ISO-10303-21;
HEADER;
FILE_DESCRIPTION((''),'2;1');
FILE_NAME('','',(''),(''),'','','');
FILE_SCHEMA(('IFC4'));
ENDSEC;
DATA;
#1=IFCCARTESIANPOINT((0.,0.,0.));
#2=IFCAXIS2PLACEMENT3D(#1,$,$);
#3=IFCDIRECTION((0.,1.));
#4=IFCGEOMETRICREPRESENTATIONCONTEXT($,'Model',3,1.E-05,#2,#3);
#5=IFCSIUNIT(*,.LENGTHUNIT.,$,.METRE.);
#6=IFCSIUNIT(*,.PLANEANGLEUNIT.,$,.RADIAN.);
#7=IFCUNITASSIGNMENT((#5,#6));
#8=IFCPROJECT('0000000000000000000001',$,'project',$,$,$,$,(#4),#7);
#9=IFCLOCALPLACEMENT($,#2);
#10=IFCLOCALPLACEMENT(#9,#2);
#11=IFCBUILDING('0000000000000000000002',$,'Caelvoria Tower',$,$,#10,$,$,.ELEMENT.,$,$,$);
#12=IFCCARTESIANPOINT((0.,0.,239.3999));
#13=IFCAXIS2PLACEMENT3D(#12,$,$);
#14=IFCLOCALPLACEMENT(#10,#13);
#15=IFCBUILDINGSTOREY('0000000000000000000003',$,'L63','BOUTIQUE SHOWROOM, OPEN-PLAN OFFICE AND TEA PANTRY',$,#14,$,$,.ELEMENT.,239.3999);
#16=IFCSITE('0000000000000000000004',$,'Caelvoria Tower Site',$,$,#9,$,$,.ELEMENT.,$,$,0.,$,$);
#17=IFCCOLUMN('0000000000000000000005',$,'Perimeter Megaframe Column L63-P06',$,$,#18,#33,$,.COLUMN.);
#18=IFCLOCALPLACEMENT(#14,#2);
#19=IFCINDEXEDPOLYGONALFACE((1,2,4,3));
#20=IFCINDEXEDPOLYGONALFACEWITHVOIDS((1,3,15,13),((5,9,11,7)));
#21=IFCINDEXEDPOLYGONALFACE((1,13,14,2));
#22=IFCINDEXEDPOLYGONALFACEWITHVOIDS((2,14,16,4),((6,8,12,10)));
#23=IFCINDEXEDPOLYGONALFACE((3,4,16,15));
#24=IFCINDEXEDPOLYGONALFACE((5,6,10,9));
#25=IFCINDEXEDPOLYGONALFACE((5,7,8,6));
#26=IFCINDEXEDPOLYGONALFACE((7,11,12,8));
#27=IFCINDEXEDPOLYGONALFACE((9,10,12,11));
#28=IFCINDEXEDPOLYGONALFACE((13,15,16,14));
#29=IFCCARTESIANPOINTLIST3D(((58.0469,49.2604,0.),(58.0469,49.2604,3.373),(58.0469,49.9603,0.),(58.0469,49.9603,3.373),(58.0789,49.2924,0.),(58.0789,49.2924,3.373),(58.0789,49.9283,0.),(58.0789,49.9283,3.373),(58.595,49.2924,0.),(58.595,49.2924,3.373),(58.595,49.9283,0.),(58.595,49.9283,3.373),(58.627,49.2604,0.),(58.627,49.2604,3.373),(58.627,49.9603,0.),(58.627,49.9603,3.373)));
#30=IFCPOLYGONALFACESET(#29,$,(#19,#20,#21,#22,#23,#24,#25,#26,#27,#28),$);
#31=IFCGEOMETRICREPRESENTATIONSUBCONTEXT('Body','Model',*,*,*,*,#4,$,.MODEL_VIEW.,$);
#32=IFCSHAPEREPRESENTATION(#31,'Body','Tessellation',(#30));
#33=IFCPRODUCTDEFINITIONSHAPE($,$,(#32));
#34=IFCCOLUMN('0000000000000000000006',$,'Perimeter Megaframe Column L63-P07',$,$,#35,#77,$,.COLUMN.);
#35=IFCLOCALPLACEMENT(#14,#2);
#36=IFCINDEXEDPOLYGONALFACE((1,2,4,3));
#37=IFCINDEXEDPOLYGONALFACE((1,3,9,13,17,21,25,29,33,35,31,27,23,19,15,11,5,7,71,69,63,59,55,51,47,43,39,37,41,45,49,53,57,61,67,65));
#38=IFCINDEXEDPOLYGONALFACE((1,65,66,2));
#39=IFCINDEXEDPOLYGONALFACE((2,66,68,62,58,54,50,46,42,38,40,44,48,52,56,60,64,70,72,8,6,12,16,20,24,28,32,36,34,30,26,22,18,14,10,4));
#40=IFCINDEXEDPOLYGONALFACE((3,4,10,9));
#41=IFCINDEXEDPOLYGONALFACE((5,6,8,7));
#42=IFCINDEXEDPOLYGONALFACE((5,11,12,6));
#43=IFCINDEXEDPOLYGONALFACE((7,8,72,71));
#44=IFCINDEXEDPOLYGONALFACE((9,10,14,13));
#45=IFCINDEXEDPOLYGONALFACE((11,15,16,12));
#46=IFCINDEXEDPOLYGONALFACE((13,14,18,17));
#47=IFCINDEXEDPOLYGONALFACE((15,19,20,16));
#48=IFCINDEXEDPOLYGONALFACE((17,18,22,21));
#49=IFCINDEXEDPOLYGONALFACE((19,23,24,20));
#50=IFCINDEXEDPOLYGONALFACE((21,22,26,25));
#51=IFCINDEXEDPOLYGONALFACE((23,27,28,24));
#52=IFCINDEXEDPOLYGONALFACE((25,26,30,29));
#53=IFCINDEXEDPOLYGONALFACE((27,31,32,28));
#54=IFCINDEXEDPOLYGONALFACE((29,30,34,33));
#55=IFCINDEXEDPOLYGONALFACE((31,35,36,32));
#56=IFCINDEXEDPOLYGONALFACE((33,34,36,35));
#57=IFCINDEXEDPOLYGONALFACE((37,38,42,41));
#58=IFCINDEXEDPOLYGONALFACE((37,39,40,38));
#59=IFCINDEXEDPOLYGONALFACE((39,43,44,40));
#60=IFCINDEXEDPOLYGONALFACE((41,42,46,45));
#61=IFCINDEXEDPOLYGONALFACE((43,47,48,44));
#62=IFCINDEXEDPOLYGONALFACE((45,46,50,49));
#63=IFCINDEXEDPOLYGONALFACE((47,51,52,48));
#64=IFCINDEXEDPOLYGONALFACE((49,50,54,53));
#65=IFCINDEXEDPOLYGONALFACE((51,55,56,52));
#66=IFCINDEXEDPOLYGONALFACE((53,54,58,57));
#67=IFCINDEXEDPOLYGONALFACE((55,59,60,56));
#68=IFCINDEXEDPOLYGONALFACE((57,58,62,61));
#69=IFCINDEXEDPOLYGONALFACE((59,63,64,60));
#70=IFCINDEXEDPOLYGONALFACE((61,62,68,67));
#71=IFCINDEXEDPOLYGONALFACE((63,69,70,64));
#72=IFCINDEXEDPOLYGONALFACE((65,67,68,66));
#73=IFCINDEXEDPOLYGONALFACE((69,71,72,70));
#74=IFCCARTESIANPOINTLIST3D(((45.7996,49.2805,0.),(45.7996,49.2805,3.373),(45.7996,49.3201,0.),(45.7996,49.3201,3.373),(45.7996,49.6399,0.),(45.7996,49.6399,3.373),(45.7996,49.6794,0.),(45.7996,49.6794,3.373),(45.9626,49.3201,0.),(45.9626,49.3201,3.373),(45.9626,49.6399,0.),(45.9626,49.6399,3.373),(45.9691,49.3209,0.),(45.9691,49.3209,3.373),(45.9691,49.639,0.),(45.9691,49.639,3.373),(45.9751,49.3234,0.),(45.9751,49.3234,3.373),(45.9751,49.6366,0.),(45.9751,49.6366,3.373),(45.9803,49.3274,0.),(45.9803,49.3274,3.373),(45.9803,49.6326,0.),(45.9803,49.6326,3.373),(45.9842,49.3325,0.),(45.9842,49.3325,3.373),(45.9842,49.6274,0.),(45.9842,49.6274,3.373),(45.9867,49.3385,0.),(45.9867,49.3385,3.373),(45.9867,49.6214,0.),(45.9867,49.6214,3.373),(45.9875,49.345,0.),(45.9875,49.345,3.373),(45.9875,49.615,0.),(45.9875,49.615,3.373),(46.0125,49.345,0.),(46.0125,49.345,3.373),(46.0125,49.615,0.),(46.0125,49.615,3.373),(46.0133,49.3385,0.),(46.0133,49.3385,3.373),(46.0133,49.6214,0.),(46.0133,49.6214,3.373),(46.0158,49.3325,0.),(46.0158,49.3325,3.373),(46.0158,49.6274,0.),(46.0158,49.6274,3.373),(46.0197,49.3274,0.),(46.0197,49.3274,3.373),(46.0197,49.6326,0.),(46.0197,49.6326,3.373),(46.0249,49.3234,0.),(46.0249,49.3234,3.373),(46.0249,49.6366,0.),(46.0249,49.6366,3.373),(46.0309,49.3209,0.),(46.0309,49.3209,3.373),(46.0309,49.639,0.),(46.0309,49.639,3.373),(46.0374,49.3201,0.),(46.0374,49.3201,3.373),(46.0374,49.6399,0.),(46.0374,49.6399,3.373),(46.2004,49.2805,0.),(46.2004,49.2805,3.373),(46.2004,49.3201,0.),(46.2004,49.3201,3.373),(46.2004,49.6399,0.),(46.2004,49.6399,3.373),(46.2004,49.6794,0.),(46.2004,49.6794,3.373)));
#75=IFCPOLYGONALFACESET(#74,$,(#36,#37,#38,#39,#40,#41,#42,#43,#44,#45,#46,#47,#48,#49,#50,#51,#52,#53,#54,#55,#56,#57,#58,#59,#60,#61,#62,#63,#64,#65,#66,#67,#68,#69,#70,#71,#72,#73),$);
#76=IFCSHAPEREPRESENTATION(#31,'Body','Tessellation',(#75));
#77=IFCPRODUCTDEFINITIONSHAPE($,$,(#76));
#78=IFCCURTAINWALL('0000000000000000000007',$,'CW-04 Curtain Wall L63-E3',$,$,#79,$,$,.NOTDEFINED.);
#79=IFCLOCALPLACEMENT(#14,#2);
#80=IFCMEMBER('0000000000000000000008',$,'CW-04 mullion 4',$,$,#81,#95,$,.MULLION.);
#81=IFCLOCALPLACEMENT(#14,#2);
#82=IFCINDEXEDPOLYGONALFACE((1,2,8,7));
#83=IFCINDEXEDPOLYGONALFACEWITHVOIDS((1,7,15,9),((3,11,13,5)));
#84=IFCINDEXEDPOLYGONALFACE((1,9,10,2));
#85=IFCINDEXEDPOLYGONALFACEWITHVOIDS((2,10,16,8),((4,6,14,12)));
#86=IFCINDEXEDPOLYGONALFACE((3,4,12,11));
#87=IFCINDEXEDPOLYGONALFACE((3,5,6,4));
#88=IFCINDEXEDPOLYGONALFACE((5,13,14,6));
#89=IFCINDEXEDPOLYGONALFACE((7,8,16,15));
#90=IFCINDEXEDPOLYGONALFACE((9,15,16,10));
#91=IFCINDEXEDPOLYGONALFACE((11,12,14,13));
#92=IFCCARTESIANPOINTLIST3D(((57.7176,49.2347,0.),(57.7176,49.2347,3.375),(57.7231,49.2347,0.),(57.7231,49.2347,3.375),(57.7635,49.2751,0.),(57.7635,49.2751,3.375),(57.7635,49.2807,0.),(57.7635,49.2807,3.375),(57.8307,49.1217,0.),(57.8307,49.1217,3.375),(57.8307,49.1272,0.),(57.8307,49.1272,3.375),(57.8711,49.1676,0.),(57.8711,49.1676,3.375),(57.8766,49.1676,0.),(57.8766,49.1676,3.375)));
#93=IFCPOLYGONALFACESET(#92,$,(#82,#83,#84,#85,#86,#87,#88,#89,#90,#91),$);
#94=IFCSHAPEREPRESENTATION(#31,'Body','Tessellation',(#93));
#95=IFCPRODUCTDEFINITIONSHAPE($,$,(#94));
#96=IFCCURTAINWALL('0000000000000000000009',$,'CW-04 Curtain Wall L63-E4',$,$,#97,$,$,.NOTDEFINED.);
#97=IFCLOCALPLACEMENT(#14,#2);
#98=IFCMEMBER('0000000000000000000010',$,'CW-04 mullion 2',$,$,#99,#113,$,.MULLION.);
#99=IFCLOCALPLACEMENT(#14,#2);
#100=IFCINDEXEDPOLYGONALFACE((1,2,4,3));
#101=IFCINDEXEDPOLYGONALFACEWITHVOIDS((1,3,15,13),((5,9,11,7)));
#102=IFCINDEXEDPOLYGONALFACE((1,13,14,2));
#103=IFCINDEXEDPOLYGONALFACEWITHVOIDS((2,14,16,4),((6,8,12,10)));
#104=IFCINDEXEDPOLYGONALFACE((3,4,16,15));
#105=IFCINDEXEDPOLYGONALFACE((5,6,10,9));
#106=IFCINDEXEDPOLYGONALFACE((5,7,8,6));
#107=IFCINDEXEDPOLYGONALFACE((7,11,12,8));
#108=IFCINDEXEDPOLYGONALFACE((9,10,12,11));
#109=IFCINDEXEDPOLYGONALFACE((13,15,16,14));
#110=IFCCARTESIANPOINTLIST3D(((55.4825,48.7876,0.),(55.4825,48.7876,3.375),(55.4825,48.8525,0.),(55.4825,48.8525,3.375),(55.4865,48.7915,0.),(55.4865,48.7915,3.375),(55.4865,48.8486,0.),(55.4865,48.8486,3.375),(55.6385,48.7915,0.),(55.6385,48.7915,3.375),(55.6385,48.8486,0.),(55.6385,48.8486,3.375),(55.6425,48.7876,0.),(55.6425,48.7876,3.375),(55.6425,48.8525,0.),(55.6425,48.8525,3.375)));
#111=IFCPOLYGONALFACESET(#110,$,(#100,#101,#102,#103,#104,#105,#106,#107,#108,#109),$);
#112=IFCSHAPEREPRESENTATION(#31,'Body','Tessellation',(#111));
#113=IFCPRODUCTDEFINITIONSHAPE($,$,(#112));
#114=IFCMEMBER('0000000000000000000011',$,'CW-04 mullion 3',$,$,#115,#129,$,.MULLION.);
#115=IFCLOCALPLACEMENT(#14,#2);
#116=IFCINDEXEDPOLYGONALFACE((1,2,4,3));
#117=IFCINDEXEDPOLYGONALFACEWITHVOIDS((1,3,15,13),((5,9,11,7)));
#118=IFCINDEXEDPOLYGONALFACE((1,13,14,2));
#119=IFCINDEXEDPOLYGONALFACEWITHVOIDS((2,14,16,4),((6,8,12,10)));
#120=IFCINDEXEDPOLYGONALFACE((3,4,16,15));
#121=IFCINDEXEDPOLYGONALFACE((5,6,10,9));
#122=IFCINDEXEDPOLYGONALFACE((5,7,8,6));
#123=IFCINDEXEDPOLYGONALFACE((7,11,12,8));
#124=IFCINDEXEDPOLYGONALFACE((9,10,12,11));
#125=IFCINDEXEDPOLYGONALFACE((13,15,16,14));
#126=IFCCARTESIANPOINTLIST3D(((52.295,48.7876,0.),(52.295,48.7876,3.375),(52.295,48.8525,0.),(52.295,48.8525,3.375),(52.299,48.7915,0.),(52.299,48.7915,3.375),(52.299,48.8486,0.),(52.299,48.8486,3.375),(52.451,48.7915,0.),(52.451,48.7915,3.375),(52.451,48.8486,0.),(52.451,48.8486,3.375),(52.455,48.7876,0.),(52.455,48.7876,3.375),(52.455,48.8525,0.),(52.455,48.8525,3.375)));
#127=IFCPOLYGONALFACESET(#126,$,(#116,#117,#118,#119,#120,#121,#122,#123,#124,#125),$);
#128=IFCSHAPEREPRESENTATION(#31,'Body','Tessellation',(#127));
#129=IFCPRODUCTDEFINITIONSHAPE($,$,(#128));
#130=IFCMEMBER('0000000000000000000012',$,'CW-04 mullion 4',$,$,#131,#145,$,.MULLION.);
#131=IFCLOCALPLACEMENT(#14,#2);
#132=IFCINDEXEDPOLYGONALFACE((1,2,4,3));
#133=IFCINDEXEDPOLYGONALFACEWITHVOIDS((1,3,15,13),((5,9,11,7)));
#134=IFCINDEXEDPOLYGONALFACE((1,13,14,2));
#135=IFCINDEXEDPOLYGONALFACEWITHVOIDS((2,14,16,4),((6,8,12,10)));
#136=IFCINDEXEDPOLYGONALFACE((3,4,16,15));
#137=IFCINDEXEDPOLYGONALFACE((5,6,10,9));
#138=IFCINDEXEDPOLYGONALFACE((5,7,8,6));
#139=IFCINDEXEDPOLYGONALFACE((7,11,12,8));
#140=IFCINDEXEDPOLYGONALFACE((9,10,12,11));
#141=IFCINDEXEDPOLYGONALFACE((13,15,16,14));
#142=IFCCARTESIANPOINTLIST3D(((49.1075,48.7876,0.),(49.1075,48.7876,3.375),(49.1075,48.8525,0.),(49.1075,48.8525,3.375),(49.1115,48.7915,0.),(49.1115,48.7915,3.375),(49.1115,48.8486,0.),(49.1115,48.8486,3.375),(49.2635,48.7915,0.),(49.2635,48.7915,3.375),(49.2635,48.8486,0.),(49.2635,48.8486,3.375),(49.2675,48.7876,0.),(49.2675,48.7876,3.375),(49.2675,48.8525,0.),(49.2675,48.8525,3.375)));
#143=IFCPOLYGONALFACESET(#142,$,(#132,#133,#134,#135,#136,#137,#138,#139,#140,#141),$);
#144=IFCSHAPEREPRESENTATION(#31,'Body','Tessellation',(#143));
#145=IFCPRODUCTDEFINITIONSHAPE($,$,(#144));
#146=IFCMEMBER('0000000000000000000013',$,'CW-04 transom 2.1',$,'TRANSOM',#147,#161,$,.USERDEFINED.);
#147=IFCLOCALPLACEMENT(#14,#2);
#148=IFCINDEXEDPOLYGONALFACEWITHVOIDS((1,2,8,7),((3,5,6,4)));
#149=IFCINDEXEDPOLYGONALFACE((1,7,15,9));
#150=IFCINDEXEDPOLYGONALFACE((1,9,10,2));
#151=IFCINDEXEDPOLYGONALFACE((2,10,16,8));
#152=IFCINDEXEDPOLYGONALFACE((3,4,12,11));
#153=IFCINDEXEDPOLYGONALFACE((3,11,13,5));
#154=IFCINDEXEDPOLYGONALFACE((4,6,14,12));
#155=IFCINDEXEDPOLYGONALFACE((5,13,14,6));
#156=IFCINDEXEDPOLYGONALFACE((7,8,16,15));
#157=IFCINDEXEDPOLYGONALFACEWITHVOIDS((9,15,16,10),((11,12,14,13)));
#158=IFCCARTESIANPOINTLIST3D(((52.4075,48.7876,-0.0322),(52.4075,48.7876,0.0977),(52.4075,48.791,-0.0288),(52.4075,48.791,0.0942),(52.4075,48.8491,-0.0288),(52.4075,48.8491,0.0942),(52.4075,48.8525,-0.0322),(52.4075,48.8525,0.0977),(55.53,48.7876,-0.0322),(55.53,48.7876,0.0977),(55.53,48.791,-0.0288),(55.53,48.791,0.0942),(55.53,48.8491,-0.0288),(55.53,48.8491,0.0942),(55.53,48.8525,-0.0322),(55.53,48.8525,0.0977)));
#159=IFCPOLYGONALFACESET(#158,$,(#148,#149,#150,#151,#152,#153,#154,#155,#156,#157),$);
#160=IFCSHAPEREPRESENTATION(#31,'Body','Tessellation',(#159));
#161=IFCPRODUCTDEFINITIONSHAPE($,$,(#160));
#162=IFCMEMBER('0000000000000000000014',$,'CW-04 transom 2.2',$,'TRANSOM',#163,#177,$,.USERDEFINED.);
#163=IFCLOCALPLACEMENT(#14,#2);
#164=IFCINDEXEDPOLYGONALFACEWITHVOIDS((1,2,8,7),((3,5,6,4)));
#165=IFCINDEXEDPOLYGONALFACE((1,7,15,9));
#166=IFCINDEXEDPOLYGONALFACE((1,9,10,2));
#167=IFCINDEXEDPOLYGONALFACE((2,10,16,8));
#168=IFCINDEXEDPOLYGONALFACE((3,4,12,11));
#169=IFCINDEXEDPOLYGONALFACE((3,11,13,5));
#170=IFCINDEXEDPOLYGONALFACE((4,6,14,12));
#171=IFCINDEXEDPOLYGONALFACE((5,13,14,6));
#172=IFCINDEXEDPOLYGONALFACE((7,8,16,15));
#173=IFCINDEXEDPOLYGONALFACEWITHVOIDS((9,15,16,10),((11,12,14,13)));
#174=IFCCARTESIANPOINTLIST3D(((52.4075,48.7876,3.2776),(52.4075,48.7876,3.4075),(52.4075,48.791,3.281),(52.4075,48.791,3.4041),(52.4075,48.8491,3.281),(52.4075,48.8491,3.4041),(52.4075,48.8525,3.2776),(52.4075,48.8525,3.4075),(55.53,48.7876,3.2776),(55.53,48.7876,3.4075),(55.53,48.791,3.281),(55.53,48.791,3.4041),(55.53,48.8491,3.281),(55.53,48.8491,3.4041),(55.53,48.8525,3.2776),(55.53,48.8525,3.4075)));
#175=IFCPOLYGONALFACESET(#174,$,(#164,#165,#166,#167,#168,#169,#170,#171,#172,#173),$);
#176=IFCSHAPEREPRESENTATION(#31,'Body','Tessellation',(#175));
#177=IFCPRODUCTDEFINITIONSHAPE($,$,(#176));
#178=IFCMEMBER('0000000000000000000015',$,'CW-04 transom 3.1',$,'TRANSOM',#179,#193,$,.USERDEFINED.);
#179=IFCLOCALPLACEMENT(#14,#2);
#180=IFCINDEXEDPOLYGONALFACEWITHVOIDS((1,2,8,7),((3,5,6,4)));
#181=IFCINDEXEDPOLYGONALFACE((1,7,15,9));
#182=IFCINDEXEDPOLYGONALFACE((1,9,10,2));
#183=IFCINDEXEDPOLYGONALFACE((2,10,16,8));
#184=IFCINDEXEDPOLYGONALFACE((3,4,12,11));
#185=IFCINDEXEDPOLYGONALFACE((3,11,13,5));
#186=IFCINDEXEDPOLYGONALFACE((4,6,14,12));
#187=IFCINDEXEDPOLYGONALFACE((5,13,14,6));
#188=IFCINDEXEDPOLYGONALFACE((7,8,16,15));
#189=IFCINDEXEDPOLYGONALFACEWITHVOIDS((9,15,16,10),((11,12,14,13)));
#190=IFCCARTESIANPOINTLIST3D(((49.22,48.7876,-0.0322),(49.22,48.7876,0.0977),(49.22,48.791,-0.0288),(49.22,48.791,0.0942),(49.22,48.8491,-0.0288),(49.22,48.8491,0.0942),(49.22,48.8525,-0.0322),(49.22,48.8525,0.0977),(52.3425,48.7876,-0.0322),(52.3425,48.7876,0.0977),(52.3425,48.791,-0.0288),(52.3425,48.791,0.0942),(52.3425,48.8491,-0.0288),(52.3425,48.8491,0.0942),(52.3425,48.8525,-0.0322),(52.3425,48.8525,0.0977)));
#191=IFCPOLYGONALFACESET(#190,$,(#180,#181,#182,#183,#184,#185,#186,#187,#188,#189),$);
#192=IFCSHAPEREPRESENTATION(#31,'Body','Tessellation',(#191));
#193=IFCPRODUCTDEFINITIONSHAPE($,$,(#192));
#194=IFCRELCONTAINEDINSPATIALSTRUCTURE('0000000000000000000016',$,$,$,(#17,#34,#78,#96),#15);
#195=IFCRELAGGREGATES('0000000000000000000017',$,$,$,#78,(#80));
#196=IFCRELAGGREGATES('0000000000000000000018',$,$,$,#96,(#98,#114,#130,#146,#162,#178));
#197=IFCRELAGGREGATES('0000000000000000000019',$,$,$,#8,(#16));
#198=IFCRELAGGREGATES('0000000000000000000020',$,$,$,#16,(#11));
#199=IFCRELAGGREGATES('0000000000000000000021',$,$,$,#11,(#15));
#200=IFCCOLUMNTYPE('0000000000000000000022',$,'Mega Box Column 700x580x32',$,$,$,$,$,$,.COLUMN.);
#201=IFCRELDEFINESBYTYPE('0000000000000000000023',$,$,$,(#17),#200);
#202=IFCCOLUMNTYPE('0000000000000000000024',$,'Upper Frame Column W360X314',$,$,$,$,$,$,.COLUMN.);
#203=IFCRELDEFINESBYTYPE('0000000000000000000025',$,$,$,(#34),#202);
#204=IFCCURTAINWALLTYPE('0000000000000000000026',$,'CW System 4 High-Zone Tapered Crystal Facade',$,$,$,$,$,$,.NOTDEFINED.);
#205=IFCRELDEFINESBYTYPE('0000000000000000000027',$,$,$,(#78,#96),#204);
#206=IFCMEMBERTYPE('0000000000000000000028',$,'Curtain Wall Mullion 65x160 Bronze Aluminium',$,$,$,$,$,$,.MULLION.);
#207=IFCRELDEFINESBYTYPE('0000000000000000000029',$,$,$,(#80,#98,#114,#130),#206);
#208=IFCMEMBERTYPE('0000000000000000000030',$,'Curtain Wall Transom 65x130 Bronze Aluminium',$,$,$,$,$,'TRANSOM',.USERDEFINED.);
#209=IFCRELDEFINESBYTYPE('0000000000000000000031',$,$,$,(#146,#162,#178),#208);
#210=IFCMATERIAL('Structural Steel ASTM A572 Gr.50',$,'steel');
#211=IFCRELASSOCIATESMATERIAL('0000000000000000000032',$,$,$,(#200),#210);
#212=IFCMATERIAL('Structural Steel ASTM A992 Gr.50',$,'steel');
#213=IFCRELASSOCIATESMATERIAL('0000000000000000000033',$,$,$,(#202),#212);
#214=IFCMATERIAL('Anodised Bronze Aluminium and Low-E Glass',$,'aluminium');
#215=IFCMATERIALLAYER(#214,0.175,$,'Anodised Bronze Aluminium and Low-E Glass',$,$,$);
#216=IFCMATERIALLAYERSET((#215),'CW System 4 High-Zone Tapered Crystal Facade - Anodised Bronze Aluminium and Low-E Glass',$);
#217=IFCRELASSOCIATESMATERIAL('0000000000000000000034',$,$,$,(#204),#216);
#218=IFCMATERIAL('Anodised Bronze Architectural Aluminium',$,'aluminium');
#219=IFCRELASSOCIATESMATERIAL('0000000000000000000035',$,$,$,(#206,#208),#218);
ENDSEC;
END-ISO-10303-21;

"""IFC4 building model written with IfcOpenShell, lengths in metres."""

from ifc_helpers import new_model, si_unit, direction, frame, origin, origin_2d, place, context, subcontext, project, spatial, hollow_rectangle, i_section, extrude, material, layer, layer_set, material_profile, profile_set, type_object, element, aggregate, save


model = new_model("IFC4")

# Units and contexts
model_context = context("Model", 3, precision=1e-05, world=origin(), true_north=direction((0.0, 1.0)))
body_context = subcontext(model_context, "Body", "Model", "MODEL_VIEW")
ifc_project = project(units=[si_unit("LENGTHUNIT", "METRE"), si_unit("PLANEANGLEUNIT", "RADIAN")], contexts=[model_context])

# Site, building, storey
site_placement = place(None, origin())
site = spatial("IfcSite", under=ifc_project, at=site_placement, Name="Caelvoria Tower Site", CompositionType="ELEMENT", RefElevation=0.0)
building_placement = place(site_placement, origin())
building = spatial("IfcBuilding", under=site, at=building_placement, Name="Caelvoria Tower", CompositionType="ELEMENT")
storey_placement = place(building_placement, frame((0.0, 0.0, 239.3999)))
storey = spatial("IfcBuildingStorey", under=building, at=storey_placement, Name="L63", Description="BOUTIQUE SHOWROOM, OPEN-PLAN OFFICE AND TEA PANTRY", CompositionType="ELEMENT", Elevation=239.3999)

# Columns
ifc_material_1 = material(Name="Structural Steel ASTM A572 Gr.50", Category="steel")
ifc_material_profile_1 = material_profile(ifc_material_1, hollow_rectangle(XDim=0.5801, YDim=0.7, WallThickness=0.032, at=origin_2d()), Name="Structural Steel ASTM A572 Gr.50")
ifc_profile_set_1 = profile_set([ifc_material_profile_1], Name="BOX700X580X32 - Structural Steel ASTM A572 Gr.50")
column_type_1 = type_object("IfcColumnType", Name="Mega Box Column 700x580x32", PredefinedType="COLUMN", material=ifc_profile_set_1)
column_1_placement = place(storey_placement, frame((58.3369, 49.6104, 0.0), z_axis=(0.0, 0.0, 1.0), x_axis=(1.0, 0.0, 0.0)))
element("IfcColumn", 1, at=column_1_placement, inside=storey, type_object=column_type_1, Name="Perimeter Megaframe Column L63-P06", PredefinedType="COLUMN", context=body_context, shape_type="SweptSolid", body=[
    extrude(hollow_rectangle(XDim=0.5801, YDim=0.7, WallThickness=0.032, at=origin_2d()), origin(), (0.0, 0.0, 1.0), 3.373),
])
ifc_material_2 = material(Name="Structural Steel ASTM A992 Gr.50", Category="steel")
ifc_material_profile_2 = material_profile(ifc_material_2, i_section(OverallWidth=0.4009, OverallDepth=0.3989, WebThickness=0.0249, FlangeThickness=0.0396, FilletRadius=0.0249, at=origin_2d()), Name="Structural Steel ASTM A992 Gr.50")
ifc_profile_set_2 = profile_set([ifc_material_profile_2], Name="W360X314 - Structural Steel ASTM A992 Gr.50")
column_type_2 = type_object("IfcColumnType", Name="Upper Frame Column W360X314", PredefinedType="COLUMN", material=ifc_profile_set_2)
column_2_placement = place(storey_placement, frame((46.0, 49.48, 0.0), z_axis=(0.0, 0.0, 1.0), x_axis=(1.0, 0.0, 0.0)))
element("IfcColumn", 2, at=column_2_placement, inside=storey, type_object=column_type_2, Name="Perimeter Megaframe Column L63-P07", PredefinedType="COLUMN", context=body_context, shape_type="SweptSolid", body=[
    extrude(i_section(OverallWidth=0.4009, OverallDepth=0.3989, WebThickness=0.0249, FlangeThickness=0.0396, FilletRadius=0.0249, at=origin_2d()), origin(), (0.0, 0.0, 1.0), 3.373),
])

# Curtain wall, member
ifc_material_3 = material(Name="Anodised Bronze Aluminium and Low-E Glass", Category="aluminium")
ifc_layer_1 = layer(ifc_material_3, 0.175, Name="Anodised Bronze Aluminium and Low-E Glass")
ifc_layer_set_1 = layer_set([ifc_layer_1], Name="CW System 4 High-Zone Tapered Crystal Facade - Anodised Bronze Aluminium and Low-E Glass")
curtain_wall_type = type_object("IfcCurtainWallType", Name="CW System 4 High-Zone Tapered Crystal Facade", PredefinedType="NOTDEFINED", material=ifc_layer_set_1)
curtain_wall_1_placement = place(storey_placement, origin())
curtain_wall_1 = element("IfcCurtainWall", 3, at=curtain_wall_1_placement, inside=storey, type_object=curtain_wall_type, Name="CW-04 Curtain Wall L63-E3", PredefinedType="NOTDEFINED")
ifc_material_4 = material(Name="Anodised Bronze Architectural Aluminium", Category="aluminium")
ifc_material_profile_3 = material_profile(ifc_material_4, hollow_rectangle(XDim=0.0649, YDim=0.1599, WallThickness=0.0039, at=origin_2d()), Name="Anodised Bronze Architectural Aluminium")
ifc_profile_set_3 = profile_set([ifc_material_profile_3], Name="CW_MULL_65X160 - Anodised Bronze Architectural Aluminium")
member_type_1 = type_object("IfcMemberType", Name="Curtain Wall Mullion 65x160 Bronze Aluminium", PredefinedType="MULLION", material=ifc_profile_set_3)
member_1_placement = place(storey_placement, frame((57.7971, 49.2012, 0.0), z_axis=(0.0, 0.0, 1.0), x_axis=(-0.707107, -0.707107, 0.0)))
member_1 = element("IfcMember", 4, at=member_1_placement, type_object=member_type_1, Name="CW-04 mullion 4", PredefinedType="MULLION", context=body_context, shape_type="SweptSolid", body=[
    extrude(hollow_rectangle(XDim=0.0649, YDim=0.1599, WallThickness=0.0039, at=origin_2d()), origin(), (0.0, 0.0, 1.0), 3.375),
])
aggregate(curtain_wall_1, [member_1])

# Curtain wall, members
curtain_wall_2_placement = place(storey_placement, origin())
curtain_wall_2 = element("IfcCurtainWall", 5, at=curtain_wall_2_placement, inside=storey, type_object=curtain_wall_type, Name="CW-04 Curtain Wall L63-E4", PredefinedType="NOTDEFINED")
member_2_placement = place(storey_placement, frame((55.5625, 48.8201, 0.0), z_axis=(0.0, 0.0, 1.0), x_axis=(0.0, -1.0, 0.0)))
member_2 = element("IfcMember", 6, at=member_2_placement, type_object=member_type_1, Name="CW-04 mullion 2", PredefinedType="MULLION", context=body_context, shape_type="SweptSolid", body=[
    extrude(hollow_rectangle(XDim=0.0649, YDim=0.1599, WallThickness=0.0039, at=origin_2d()), origin(), (0.0, 0.0, 1.0), 3.375),
])
member_3_placement = place(storey_placement, frame((52.375, 48.8201, 0.0), z_axis=(0.0, 0.0, 1.0), x_axis=(0.0, -1.0, 0.0)))
member_3 = element("IfcMember", 7, at=member_3_placement, type_object=member_type_1, Name="CW-04 mullion 3", PredefinedType="MULLION", context=body_context, shape_type="SweptSolid", body=[
    extrude(hollow_rectangle(XDim=0.0649, YDim=0.1599, WallThickness=0.0039, at=origin_2d()), origin(), (0.0, 0.0, 1.0), 3.375),
])
member_4_placement = place(storey_placement, frame((49.1875, 48.8201, 0.0), z_axis=(0.0, 0.0, 1.0), x_axis=(0.0, -1.0, 0.0)))
member_4 = element("IfcMember", 8, at=member_4_placement, type_object=member_type_1, Name="CW-04 mullion 4", PredefinedType="MULLION", context=body_context, shape_type="SweptSolid", body=[
    extrude(hollow_rectangle(XDim=0.0649, YDim=0.1599, WallThickness=0.0039, at=origin_2d()), origin(), (0.0, 0.0, 1.0), 3.375),
])
ifc_material_profile_4 = material_profile(ifc_material_4, hollow_rectangle(XDim=0.0649, YDim=0.1299, WallThickness=0.0034, at=origin_2d()), Name="Anodised Bronze Architectural Aluminium")
ifc_profile_set_4 = profile_set([ifc_material_profile_4], Name="CW_TRAN_65X130 - Anodised Bronze Architectural Aluminium")
member_type_2 = type_object("IfcMemberType", Name="Curtain Wall Transom 65x130 Bronze Aluminium", ElementType="TRANSOM", PredefinedType="USERDEFINED", material=ifc_profile_set_4)
member_5_placement = place(storey_placement, frame((55.53, 48.8201, 0.0327), z_axis=(-1.0, 0.0, 0.0), x_axis=(0.0, -1.0, 0.0)))
member_5 = element("IfcMember", 9, at=member_5_placement, type_object=member_type_2, Name="CW-04 transom 2.1", ObjectType="TRANSOM", PredefinedType="USERDEFINED", context=body_context, shape_type="SweptSolid", body=[
    extrude(hollow_rectangle(XDim=0.0649, YDim=0.1299, WallThickness=0.0034, at=origin_2d()), origin(), (0.0, 0.0, 1.0), 3.1226),
])
member_6_placement = place(storey_placement, frame((55.53, 48.8201, 3.3425), z_axis=(-1.0, 0.0, 0.0), x_axis=(0.0, -1.0, 0.0)))
member_6 = element("IfcMember", 10, at=member_6_placement, type_object=member_type_2, Name="CW-04 transom 2.2", ObjectType="TRANSOM", PredefinedType="USERDEFINED", context=body_context, shape_type="SweptSolid", body=[
    extrude(hollow_rectangle(XDim=0.0649, YDim=0.1299, WallThickness=0.0034, at=origin_2d()), origin(), (0.0, 0.0, 1.0), 3.1226),
])
member_7_placement = place(storey_placement, frame((52.3425, 48.8201, 0.0327), z_axis=(-1.0, 0.0, 0.0), x_axis=(0.0, -1.0, 0.0)))
member_7 = element("IfcMember", 11, at=member_7_placement, type_object=member_type_2, Name="CW-04 transom 3.1", ObjectType="TRANSOM", PredefinedType="USERDEFINED", context=body_context, shape_type="SweptSolid", body=[
    extrude(hollow_rectangle(XDim=0.0649, YDim=0.1299, WallThickness=0.0034, at=origin_2d()), origin(), (0.0, 0.0, 1.0), 3.1226),
])

aggregate(curtain_wall_2, [member_2, member_3, member_4, member_5, member_6, member_7])

save(model, "model.ifc")
